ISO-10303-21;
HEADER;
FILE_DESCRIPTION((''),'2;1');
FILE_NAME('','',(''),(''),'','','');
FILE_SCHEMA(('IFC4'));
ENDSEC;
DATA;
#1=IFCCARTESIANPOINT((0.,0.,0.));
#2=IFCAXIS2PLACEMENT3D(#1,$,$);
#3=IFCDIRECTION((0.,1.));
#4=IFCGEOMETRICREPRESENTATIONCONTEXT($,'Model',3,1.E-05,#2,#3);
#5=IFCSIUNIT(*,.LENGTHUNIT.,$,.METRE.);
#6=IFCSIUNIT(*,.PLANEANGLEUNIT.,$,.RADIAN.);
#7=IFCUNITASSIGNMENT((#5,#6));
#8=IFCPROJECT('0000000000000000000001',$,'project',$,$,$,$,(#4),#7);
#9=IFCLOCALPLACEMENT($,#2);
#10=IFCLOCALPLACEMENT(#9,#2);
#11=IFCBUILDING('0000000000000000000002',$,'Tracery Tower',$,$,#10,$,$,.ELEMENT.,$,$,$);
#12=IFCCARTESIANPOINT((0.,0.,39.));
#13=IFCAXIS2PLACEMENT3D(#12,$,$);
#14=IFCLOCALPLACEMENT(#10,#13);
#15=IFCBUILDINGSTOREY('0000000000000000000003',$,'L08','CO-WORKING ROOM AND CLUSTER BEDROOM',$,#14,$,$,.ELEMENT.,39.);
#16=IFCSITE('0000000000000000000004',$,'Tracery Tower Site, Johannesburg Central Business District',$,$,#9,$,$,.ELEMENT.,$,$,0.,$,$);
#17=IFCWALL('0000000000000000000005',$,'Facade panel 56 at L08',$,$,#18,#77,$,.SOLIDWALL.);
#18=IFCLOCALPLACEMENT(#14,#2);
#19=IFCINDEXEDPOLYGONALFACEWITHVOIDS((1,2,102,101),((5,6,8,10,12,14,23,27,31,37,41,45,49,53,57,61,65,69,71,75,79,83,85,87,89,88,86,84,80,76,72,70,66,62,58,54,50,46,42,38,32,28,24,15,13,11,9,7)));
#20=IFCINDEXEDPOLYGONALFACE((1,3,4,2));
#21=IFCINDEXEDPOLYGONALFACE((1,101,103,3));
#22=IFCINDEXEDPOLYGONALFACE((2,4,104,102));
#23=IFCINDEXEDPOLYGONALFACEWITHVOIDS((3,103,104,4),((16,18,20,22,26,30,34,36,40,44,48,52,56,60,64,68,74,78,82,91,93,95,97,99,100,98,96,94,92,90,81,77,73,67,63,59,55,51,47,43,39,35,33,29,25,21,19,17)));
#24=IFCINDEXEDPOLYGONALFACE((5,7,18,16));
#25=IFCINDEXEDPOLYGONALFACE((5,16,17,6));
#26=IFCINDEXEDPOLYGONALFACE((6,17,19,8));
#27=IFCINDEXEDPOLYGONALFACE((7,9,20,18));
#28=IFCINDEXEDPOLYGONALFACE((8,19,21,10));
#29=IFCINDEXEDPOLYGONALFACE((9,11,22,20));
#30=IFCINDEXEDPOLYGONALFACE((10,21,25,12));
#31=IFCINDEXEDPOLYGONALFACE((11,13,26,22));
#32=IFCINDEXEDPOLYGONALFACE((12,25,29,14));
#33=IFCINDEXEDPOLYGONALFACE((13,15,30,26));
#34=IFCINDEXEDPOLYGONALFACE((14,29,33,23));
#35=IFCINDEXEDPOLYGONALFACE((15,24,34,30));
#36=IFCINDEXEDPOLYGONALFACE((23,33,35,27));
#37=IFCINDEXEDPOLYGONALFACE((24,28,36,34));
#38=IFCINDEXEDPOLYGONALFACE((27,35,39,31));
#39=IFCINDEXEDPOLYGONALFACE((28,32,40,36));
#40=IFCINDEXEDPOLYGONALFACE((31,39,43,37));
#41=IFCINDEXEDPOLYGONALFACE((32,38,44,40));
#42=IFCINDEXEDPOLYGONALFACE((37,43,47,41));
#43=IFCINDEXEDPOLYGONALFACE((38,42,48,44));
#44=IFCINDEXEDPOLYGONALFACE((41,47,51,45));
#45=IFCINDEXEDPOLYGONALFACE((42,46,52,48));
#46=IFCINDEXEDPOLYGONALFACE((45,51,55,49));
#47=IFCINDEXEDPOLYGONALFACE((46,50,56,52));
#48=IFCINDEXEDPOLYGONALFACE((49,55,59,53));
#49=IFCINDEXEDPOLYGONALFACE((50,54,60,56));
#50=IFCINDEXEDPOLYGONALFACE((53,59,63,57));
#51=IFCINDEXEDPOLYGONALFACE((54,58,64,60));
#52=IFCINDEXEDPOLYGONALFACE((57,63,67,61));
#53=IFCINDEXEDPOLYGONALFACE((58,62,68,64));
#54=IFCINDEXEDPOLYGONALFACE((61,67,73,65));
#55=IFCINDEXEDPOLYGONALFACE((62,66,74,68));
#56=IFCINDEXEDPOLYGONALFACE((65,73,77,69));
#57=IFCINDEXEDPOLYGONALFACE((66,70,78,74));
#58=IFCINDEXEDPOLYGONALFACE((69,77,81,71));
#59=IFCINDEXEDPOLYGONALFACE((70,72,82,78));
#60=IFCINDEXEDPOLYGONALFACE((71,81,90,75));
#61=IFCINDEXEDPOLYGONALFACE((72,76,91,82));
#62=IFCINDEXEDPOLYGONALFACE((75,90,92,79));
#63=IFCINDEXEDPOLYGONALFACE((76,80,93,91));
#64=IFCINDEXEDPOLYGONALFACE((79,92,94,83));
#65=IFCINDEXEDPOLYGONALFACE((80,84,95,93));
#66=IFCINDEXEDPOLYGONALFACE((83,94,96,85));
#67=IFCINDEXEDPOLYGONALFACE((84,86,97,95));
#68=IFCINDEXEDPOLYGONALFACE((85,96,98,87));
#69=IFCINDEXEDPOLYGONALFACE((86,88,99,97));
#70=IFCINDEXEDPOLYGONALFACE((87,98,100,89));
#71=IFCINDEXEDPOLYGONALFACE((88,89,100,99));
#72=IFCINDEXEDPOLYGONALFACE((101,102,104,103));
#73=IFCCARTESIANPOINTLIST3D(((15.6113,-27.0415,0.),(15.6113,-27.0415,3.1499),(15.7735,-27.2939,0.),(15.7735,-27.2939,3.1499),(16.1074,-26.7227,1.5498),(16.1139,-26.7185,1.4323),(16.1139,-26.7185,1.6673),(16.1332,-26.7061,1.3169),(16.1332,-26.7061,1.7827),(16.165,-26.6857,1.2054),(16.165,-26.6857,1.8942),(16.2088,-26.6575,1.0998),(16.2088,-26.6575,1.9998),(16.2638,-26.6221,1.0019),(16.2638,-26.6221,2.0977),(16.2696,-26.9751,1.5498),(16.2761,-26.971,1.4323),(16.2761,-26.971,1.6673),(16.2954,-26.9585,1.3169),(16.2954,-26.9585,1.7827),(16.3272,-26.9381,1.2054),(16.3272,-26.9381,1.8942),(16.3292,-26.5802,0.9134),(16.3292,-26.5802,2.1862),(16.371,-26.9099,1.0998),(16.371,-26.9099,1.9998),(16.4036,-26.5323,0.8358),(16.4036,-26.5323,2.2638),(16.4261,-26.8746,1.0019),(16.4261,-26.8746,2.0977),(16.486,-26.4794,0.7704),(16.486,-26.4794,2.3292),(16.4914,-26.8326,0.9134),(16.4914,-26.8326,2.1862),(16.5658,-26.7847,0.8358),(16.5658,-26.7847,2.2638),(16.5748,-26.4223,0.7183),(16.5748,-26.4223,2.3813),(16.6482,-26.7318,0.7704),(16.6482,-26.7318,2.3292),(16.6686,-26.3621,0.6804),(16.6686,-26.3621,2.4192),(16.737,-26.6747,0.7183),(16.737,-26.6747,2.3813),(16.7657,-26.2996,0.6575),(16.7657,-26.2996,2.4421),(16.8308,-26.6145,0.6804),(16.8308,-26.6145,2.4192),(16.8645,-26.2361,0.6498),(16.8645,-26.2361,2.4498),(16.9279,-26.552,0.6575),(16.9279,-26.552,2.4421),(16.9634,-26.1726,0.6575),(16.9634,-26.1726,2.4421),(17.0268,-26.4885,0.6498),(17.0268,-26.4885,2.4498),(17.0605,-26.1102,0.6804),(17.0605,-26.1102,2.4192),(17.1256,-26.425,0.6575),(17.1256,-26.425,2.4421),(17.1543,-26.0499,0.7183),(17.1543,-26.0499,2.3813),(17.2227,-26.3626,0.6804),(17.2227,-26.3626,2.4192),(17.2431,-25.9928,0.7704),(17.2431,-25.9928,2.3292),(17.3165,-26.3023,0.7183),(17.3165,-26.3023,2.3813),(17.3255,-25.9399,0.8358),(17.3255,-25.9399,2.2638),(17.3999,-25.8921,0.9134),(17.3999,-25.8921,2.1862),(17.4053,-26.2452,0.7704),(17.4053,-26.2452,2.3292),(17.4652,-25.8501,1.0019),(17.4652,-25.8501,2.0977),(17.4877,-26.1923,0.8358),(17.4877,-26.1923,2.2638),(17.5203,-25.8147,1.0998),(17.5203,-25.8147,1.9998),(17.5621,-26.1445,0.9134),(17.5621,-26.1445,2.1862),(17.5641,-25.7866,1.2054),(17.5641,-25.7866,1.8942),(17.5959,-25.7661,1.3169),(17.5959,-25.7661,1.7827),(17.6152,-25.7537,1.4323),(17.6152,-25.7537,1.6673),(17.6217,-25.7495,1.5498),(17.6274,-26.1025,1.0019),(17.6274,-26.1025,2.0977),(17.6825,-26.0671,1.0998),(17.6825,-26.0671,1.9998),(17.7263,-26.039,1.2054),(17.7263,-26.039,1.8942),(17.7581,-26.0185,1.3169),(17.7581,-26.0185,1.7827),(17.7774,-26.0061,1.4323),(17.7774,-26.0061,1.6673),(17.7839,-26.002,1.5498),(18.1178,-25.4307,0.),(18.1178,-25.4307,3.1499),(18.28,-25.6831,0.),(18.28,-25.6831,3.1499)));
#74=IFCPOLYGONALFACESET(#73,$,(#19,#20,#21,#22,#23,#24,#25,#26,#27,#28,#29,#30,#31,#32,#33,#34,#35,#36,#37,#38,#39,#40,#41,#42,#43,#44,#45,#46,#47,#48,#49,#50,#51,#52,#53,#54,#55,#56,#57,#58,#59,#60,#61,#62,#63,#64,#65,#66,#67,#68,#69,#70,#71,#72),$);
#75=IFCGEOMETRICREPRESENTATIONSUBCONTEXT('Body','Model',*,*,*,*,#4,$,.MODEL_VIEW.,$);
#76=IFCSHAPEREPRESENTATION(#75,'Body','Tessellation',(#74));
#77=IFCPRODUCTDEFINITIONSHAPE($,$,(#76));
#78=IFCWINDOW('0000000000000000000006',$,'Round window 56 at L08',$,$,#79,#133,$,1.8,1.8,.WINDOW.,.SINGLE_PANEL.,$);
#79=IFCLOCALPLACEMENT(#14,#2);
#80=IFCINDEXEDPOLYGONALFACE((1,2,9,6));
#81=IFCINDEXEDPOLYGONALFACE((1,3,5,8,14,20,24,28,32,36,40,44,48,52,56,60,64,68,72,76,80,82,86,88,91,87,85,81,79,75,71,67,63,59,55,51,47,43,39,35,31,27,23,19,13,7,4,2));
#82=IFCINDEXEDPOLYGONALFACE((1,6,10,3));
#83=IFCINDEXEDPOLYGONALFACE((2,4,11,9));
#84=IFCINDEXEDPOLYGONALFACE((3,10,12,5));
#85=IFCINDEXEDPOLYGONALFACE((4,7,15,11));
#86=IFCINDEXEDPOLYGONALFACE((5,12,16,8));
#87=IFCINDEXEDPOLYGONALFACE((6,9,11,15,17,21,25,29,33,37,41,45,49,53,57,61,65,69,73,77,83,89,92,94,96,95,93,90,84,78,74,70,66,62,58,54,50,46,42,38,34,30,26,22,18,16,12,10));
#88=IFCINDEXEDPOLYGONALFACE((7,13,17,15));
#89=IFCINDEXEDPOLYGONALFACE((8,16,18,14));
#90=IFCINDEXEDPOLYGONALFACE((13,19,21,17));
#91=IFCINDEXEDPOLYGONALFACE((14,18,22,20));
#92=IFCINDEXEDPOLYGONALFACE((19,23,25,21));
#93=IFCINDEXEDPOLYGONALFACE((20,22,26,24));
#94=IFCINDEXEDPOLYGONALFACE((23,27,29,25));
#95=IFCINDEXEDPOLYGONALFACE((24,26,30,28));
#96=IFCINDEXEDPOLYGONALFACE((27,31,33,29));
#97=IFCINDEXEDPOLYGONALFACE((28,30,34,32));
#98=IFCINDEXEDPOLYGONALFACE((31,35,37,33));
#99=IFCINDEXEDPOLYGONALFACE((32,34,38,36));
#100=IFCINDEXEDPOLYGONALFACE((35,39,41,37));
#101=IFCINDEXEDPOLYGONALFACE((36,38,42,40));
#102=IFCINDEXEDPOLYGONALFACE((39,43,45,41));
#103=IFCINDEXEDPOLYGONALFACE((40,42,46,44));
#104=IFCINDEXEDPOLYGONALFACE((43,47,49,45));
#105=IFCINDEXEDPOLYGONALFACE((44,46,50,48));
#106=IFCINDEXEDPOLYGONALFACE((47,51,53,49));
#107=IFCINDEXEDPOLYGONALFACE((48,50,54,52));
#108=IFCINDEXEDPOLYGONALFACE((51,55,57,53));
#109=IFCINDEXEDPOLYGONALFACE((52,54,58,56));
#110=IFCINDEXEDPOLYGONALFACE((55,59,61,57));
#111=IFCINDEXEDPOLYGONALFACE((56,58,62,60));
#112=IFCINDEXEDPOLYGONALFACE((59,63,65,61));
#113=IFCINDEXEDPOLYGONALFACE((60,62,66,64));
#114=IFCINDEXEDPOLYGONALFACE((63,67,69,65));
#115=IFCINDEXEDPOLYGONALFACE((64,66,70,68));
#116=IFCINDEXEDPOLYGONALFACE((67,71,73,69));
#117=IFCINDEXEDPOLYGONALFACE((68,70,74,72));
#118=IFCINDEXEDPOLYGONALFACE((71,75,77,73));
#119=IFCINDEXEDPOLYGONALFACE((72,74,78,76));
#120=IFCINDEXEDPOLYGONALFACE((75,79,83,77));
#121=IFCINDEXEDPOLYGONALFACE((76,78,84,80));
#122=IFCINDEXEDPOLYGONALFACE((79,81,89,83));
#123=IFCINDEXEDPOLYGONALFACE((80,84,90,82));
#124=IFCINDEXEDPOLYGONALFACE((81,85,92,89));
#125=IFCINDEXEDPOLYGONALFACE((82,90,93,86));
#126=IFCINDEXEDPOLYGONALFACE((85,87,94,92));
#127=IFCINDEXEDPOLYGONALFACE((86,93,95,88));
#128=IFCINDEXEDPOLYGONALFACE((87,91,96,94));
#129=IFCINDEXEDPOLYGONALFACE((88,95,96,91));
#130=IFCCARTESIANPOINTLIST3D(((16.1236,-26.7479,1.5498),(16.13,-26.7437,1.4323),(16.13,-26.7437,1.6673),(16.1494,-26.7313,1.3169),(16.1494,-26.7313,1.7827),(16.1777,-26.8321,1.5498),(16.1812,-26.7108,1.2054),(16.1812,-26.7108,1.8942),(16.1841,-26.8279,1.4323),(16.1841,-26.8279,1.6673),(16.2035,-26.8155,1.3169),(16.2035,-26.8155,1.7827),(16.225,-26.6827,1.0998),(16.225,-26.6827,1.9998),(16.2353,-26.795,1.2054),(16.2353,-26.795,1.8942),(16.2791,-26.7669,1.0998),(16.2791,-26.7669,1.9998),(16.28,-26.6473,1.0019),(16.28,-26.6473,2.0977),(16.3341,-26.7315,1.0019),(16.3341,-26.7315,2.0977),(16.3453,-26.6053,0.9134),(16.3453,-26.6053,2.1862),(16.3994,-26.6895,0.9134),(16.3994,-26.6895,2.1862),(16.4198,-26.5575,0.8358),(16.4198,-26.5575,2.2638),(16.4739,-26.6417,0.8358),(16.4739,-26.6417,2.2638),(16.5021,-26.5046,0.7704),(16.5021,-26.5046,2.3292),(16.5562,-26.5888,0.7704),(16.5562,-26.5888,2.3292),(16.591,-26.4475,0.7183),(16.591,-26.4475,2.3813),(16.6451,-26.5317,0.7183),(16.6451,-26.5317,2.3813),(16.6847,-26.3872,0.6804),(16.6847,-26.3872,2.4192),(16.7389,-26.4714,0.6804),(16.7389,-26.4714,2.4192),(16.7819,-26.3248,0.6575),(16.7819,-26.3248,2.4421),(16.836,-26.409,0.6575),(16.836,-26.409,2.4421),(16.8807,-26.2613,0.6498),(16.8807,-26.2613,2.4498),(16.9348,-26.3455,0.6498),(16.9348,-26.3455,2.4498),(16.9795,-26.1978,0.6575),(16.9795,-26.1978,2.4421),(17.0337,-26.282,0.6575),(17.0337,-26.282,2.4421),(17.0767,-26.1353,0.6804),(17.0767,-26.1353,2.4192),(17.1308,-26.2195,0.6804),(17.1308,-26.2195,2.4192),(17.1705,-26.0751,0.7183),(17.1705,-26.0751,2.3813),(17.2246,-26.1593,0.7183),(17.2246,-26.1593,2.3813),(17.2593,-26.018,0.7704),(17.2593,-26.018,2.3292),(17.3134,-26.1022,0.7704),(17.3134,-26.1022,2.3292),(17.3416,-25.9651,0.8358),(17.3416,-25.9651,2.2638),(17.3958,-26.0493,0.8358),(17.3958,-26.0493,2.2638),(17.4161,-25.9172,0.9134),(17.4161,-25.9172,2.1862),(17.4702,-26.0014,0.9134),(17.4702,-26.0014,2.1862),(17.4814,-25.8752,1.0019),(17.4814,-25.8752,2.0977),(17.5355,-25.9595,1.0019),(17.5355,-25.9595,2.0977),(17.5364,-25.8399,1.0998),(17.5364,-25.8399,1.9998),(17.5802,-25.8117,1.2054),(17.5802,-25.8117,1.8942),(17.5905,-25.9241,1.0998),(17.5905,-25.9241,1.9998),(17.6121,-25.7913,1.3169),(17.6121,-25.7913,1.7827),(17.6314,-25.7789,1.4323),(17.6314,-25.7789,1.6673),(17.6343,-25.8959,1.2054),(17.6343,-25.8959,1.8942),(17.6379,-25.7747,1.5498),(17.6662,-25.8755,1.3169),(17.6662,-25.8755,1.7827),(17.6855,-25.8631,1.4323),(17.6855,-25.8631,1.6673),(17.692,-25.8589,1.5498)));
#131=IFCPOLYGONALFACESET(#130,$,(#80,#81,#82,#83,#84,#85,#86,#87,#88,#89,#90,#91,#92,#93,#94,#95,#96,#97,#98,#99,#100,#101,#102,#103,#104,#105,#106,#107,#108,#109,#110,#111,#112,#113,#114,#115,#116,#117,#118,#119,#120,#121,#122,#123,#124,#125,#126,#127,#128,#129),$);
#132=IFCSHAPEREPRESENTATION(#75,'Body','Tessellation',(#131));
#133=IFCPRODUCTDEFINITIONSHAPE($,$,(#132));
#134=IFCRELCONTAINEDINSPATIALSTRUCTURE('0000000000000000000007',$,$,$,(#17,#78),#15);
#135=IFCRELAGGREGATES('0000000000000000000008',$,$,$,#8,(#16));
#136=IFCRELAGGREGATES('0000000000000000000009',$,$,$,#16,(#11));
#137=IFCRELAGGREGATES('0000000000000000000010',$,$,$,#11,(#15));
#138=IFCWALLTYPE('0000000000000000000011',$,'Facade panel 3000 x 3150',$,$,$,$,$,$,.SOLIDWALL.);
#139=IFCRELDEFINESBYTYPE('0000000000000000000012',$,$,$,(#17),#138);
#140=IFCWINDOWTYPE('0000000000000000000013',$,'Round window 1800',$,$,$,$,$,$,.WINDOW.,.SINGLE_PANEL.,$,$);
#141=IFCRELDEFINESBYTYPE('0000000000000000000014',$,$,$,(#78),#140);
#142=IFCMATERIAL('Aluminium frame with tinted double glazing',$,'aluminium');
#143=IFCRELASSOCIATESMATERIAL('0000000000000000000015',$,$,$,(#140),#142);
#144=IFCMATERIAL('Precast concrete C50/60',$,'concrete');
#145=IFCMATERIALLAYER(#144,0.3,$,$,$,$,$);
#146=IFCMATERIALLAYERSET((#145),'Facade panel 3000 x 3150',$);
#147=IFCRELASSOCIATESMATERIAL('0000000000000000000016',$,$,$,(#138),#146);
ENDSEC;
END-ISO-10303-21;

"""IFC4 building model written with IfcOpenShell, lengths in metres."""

from ifc_helpers import new_model, si_unit, direction, frame, frame_2d, origin, origin_2d, place, context, subcontext, project, spatial, rectangle, circle, extrude, material, layer, layer_set, type_object, element, fill, save


model = new_model("IFC4")

# Units and contexts
model_context = context("Model", 3, precision=1e-05, world=origin(), true_north=direction((0.0, 1.0)))
body_context = subcontext(model_context, "Body", "Model", "MODEL_VIEW")
ifc_project = project(units=[si_unit("LENGTHUNIT", "METRE"), si_unit("PLANEANGLEUNIT", "RADIAN")], contexts=[model_context])

# Site, building, storey
site_placement = place(None, origin())
site = spatial("IfcSite", under=ifc_project, at=site_placement, Name="Tracery Tower Site, Johannesburg Central Business District", CompositionType="ELEMENT", RefElevation=0.0)
building_placement = place(site_placement, origin())
building = spatial("IfcBuilding", under=site, at=building_placement, Name="Tracery Tower", CompositionType="ELEMENT")
storey_placement = place(building_placement, frame((0.0, 0.0, 39.0)))
storey = spatial("IfcBuildingStorey", under=building, at=storey_placement, Name="L08", Description="CO-WORKING ROOM AND CLUSTER BEDROOM", CompositionType="ELEMENT", Elevation=39.0)

# Wall, opening, window
ifc_material_1 = material(Name="Aluminium frame with tinted double glazing", Category="aluminium")
window_type = type_object("IfcWindowType", Name="Round window 1800", PartitioningType="SINGLE_PANEL", PredefinedType="WINDOW", material=ifc_material_1)
ifc_material_2 = material(Name="Precast concrete C50/60", Category="concrete")
ifc_layer_1 = layer(ifc_material_2, 0.3)
ifc_layer_set_1 = layer_set([ifc_layer_1], Name="Facade panel 3000 x 3150")
wall_type_1 = type_object("IfcWallType", Name="Facade panel 3000 x 3150", PredefinedType="SOLIDWALL", material=ifc_layer_set_1)
wall_1_placement = place(storey_placement, frame((15.6924, -27.1677, 0.0), z_axis=(0.0, 0.0, 1.0), x_axis=(0.841261, 0.540629, 0.0)))
wall_1 = element("IfcWall", 1, at=wall_1_placement, inside=storey, type_object=wall_type_1, Name="Facade panel 56 at L08", PredefinedType="SOLIDWALL", context=body_context, shape_type="SweptSolid", body=[
    extrude(rectangle(XDim=2.9795, YDim=0.3, at=frame_2d((1.4897, 0.0))), origin(), (0.0, 0.0, 1.0), 3.1499),
])
opening_1_placement = place(wall_1_placement, frame((1.4897, 0.0, 1.5498)))
opening_1 = element("IfcOpeningElement", 2, at=opening_1_placement, cuts=wall_1, PredefinedType="OPENING", context=body_context, shape_type="SweptSolid", body=[
    extrude(circle(Radius=0.9, at=origin_2d()), frame((0.0, 0.1599, 0.0), z_axis=(0.0, -1.0, 0.0), x_axis=(1.0, 0.0, 0.0)), (0.0, 0.0, 1.0), 0.3201),
])
window_1_placement = place(opening_1_placement, origin())
window_1 = element("IfcWindow", 3, at=window_1_placement, inside=storey, type_object=window_type, Name="Round window 56 at L08", OverallHeight=1.8, OverallWidth=1.8, PartitioningType="SINGLE_PANEL", PredefinedType="WINDOW", context=body_context, shape_type="SweptSolid", body=[
    extrude(circle(Radius=0.9, at=origin_2d()), frame((0.0, 0.1201, 0.0), z_axis=(0.0, -1.0, 0.0), x_axis=(1.0, 0.0, 0.0)), (0.0, 0.0, 1.0), 0.1001),
])
fill(opening_1, window_1)

save(model, "model.ifc")
